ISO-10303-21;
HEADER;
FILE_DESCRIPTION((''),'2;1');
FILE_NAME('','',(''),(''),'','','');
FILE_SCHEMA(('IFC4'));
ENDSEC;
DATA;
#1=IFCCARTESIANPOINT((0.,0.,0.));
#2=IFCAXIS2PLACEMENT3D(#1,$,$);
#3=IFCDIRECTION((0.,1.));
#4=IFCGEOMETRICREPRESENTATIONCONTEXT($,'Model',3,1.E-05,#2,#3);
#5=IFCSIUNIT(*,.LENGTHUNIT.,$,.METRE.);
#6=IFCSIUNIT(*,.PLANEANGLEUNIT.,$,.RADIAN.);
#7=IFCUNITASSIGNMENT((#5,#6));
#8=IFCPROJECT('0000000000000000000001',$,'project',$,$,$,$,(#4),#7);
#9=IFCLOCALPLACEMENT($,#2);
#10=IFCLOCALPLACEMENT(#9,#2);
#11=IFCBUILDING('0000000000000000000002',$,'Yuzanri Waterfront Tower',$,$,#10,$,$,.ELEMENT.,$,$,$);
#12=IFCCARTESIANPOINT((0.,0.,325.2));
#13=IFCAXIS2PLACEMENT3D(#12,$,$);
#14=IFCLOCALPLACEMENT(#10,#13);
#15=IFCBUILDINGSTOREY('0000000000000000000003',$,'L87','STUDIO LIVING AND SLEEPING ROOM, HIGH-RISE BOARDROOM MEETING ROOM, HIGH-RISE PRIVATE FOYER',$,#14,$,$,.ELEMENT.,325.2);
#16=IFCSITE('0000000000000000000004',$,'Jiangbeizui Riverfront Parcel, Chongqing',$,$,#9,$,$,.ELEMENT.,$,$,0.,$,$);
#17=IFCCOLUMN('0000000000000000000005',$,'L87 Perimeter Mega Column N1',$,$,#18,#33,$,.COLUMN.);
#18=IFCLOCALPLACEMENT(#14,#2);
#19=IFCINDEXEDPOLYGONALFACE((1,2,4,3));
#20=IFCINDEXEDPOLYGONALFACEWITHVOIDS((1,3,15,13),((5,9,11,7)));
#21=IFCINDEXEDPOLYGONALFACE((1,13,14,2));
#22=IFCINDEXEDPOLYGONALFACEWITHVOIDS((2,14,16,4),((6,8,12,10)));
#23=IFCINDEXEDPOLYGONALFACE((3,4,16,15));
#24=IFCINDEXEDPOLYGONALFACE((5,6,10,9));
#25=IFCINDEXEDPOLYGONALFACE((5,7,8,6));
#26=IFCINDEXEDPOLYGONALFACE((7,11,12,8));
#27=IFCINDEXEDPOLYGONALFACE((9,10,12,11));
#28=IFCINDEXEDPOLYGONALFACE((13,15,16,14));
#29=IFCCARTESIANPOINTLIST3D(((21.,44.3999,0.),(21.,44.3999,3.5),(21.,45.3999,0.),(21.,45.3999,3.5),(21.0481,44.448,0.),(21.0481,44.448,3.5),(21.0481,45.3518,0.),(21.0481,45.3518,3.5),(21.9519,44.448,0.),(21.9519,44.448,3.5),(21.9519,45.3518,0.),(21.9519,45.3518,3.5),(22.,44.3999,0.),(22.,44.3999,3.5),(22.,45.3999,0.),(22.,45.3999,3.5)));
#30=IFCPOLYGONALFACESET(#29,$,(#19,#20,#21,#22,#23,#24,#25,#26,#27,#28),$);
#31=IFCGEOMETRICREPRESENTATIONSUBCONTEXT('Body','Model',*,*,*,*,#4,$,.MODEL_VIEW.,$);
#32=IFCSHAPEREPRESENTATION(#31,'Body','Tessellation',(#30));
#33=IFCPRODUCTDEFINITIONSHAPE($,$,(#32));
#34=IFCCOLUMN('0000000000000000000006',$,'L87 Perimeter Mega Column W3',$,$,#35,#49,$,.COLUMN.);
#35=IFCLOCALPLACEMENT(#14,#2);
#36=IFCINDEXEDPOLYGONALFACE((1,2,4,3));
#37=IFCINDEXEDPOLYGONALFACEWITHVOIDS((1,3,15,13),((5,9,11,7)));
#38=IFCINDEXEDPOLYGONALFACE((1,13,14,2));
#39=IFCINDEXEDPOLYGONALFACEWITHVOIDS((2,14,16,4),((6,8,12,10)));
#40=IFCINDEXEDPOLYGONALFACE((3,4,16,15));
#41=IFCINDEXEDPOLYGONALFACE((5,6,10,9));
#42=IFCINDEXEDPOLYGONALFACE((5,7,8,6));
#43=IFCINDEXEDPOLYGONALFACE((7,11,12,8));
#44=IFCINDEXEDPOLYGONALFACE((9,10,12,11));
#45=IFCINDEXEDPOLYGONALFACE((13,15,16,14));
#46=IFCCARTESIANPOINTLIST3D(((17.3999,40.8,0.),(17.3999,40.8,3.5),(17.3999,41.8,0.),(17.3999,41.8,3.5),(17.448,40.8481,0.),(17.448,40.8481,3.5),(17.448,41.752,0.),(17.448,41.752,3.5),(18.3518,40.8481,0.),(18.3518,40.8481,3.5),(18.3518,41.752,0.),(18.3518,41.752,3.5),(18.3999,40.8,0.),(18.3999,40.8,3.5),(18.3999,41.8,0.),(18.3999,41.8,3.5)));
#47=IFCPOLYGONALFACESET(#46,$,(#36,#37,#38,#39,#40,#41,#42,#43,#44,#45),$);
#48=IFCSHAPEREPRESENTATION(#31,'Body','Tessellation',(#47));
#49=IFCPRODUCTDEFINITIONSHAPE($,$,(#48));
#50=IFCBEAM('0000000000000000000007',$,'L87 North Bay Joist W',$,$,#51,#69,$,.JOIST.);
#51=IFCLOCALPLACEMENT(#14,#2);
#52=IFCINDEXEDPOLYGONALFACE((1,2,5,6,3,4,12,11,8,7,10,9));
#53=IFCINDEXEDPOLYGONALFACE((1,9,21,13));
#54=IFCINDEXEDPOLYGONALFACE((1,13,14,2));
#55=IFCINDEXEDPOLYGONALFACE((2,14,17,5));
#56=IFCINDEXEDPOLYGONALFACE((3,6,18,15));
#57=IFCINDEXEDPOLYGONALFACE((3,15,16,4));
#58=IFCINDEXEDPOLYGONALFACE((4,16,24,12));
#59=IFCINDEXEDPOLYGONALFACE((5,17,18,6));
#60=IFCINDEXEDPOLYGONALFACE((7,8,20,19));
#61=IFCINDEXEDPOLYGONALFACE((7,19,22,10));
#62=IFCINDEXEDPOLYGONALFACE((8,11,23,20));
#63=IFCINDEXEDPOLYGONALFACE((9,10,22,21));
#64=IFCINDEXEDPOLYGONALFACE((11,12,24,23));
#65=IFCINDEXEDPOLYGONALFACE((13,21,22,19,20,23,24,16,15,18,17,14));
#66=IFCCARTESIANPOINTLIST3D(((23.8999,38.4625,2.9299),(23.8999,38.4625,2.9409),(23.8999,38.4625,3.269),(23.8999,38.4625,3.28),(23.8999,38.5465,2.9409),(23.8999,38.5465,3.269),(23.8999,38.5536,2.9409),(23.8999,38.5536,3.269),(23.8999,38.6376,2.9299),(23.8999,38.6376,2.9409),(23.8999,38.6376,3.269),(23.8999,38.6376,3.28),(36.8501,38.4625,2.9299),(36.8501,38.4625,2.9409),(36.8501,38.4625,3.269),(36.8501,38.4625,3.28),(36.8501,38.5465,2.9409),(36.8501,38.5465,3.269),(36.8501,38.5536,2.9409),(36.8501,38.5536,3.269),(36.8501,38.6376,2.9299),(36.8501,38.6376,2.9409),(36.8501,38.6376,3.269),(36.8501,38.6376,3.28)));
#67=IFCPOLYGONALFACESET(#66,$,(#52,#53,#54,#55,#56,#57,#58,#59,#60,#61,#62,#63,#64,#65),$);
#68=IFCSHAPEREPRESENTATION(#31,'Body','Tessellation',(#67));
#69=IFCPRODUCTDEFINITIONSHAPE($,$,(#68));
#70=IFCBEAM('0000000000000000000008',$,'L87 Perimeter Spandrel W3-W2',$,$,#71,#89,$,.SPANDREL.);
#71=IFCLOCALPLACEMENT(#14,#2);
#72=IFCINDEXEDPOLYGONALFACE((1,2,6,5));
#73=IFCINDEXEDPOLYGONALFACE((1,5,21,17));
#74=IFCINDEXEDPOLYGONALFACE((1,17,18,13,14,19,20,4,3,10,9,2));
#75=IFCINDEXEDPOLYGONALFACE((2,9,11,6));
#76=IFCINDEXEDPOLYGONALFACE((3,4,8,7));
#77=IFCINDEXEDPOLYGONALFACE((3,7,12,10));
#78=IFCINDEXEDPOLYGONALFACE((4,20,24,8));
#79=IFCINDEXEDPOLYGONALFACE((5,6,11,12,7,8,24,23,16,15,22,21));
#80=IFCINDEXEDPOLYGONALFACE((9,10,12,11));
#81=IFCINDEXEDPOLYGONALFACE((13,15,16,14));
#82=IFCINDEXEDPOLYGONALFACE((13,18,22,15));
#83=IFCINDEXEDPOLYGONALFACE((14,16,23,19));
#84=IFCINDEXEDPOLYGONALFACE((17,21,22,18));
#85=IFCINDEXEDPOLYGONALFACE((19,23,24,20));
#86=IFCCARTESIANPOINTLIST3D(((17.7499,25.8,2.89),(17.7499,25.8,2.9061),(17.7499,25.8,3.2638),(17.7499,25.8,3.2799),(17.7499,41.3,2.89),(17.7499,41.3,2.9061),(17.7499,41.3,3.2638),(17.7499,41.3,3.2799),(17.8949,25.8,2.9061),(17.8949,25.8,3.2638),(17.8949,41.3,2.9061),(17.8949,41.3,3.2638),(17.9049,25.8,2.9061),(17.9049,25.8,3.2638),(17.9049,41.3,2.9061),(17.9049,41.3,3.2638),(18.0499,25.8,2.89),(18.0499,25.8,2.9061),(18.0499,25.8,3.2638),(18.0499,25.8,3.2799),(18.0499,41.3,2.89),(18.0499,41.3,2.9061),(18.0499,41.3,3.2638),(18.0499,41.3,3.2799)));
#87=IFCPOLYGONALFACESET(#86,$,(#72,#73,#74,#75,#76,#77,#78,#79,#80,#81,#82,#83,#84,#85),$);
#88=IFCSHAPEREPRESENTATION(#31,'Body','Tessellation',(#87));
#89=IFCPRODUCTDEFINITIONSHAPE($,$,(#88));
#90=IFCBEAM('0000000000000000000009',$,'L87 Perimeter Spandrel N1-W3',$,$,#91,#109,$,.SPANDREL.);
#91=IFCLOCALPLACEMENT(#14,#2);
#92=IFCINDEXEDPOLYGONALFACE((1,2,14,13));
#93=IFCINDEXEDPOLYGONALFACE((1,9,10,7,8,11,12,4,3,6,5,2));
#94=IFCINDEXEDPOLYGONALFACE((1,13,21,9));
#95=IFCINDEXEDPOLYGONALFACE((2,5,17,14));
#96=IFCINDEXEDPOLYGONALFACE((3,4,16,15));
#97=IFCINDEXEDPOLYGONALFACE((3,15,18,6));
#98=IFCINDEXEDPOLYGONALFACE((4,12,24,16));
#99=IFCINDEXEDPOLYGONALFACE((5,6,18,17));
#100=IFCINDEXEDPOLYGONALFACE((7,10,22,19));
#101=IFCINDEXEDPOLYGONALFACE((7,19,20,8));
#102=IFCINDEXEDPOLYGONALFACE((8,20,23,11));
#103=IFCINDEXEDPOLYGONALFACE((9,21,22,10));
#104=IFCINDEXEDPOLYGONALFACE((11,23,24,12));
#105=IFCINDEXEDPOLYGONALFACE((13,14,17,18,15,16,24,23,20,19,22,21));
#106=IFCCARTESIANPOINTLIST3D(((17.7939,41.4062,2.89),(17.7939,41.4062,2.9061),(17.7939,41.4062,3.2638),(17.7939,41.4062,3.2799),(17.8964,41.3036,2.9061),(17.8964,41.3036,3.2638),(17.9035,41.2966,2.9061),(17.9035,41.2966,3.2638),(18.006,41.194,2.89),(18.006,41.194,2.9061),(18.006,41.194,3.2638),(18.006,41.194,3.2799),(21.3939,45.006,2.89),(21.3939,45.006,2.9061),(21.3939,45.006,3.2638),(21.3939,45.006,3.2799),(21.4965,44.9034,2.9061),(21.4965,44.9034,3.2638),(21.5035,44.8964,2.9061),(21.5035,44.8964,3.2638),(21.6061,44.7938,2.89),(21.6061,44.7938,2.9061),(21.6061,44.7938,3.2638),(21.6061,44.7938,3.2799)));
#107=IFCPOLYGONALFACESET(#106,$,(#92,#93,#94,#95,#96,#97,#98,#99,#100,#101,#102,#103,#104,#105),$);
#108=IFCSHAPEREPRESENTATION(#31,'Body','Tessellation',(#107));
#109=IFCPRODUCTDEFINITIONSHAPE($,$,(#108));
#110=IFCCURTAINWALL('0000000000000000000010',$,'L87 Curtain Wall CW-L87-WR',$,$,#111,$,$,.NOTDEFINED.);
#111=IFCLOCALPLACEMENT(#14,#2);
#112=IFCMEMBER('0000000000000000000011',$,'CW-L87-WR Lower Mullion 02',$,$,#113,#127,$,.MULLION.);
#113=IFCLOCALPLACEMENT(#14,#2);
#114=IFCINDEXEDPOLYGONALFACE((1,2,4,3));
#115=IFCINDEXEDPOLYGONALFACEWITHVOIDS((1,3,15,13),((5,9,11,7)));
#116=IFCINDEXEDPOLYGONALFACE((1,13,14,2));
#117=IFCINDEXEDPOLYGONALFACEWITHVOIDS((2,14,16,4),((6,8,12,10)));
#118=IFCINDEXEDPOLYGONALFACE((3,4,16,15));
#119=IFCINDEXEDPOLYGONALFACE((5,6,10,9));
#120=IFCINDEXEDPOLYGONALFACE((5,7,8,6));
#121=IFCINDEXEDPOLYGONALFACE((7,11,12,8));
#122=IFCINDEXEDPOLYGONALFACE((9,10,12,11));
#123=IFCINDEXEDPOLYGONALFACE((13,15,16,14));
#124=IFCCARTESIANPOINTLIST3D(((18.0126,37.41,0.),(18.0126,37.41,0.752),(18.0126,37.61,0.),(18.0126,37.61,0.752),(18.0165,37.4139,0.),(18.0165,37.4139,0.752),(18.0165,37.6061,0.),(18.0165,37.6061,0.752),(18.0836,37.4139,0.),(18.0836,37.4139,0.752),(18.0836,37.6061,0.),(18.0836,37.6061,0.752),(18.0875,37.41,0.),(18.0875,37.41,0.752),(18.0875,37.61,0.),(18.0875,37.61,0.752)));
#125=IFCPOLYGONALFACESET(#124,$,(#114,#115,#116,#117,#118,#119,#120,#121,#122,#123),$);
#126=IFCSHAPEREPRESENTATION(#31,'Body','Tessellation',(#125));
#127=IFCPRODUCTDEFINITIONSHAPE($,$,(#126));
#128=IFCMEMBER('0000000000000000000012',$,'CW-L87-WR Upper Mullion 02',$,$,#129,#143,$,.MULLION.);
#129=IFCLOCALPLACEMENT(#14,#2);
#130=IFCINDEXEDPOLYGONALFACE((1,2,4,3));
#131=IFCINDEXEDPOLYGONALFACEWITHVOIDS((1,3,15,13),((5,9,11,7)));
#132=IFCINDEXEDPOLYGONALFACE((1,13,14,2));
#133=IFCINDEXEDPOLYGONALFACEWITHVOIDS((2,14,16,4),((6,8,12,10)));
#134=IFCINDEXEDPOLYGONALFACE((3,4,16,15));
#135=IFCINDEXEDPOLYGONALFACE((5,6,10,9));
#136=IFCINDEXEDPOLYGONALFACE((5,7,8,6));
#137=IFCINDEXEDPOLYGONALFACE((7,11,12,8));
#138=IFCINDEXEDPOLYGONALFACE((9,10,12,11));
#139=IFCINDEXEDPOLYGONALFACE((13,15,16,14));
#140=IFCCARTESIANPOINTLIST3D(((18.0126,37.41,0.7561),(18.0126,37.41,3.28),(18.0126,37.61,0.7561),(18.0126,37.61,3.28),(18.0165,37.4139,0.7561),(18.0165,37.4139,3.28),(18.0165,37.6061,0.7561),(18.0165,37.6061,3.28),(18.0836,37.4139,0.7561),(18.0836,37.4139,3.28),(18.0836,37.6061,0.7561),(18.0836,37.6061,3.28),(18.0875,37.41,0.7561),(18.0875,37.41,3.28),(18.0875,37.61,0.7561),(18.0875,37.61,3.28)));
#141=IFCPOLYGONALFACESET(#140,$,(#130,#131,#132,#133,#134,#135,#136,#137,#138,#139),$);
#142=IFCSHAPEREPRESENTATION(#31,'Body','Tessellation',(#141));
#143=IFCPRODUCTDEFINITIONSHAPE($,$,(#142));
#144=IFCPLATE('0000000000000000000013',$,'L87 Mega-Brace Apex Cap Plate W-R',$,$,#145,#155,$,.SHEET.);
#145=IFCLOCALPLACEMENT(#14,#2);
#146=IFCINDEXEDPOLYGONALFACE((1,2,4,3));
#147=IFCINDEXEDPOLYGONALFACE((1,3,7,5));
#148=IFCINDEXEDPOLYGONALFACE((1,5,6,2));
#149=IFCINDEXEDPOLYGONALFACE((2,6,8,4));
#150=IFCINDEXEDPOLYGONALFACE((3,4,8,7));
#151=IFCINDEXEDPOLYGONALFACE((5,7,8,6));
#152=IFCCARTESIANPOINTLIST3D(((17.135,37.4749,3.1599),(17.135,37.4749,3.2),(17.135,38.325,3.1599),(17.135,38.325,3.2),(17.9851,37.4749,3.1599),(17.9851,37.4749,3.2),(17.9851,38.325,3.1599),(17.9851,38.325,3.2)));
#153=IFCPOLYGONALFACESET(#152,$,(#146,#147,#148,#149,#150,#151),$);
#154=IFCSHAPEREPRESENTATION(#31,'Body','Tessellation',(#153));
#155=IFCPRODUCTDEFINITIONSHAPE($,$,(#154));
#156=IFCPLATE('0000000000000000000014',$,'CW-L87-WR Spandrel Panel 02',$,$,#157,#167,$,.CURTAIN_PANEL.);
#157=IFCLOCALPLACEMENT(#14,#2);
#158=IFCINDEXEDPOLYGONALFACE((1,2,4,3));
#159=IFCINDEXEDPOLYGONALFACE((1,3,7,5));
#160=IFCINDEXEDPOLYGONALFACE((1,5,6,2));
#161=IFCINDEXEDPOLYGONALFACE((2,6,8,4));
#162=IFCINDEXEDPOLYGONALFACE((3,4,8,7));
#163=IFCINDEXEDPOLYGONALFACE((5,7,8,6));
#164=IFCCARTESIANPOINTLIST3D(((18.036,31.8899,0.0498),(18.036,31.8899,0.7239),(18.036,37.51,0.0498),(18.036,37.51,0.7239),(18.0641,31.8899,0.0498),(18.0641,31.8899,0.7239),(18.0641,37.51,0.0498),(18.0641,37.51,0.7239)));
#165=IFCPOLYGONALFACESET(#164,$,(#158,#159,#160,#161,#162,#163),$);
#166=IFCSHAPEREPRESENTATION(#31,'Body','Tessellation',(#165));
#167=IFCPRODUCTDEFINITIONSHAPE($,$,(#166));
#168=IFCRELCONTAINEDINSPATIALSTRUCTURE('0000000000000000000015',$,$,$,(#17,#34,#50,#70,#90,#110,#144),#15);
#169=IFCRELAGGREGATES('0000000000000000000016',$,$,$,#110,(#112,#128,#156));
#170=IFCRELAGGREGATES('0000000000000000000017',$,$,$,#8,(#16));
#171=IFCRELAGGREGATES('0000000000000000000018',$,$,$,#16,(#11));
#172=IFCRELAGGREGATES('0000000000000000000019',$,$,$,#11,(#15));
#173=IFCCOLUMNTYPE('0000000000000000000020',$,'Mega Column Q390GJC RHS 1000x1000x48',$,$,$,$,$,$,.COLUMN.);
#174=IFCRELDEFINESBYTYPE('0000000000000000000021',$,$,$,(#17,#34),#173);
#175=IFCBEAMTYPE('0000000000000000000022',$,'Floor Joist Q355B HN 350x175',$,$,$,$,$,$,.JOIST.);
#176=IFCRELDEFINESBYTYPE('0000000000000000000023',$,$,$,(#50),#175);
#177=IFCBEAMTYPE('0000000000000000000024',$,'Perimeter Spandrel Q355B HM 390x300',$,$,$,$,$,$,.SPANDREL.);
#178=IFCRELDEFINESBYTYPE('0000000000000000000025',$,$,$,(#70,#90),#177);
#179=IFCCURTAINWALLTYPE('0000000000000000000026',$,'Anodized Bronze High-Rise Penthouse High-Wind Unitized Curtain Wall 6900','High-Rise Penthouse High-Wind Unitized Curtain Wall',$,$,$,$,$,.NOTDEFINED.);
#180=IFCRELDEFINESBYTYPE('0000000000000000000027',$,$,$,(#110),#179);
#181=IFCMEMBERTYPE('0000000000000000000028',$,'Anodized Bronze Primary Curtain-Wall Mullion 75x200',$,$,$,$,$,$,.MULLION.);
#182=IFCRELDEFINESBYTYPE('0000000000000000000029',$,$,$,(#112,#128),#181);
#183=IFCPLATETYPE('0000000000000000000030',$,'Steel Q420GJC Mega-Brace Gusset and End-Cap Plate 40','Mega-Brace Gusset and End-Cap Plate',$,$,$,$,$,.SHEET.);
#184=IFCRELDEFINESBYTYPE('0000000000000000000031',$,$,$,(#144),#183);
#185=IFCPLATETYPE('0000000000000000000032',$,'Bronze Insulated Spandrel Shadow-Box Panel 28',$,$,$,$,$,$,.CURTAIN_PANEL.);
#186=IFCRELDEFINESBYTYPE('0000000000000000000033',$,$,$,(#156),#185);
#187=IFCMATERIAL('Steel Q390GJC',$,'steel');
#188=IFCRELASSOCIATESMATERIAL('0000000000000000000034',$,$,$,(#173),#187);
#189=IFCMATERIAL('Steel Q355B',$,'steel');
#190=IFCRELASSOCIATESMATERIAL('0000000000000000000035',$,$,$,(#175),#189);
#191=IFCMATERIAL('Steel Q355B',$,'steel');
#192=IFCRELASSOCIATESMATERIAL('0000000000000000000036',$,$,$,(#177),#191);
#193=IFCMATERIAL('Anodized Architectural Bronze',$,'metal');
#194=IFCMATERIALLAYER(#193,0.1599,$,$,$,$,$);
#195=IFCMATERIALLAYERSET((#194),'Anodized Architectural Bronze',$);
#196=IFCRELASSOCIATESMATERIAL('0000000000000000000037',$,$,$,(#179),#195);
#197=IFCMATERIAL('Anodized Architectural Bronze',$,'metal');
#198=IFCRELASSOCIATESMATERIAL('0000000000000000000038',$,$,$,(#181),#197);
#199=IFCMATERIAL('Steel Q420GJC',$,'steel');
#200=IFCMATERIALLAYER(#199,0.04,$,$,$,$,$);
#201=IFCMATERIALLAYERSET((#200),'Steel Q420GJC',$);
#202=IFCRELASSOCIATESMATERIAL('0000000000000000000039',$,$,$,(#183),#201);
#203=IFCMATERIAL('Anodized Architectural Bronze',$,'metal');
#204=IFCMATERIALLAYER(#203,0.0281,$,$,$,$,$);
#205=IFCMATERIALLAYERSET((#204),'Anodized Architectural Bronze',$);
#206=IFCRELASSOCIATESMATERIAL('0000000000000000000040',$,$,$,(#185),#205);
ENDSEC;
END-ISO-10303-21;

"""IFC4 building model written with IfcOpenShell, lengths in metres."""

from ifc_helpers import new_model, si_unit, direction, frame, origin, origin_2d, place, context, subcontext, project, spatial, rectangle, hollow_rectangle, i_section, extrude, source, transform, mapped, material, layer, layer_set, material_profile, profile_set, type_object, element, aggregate, save


model = new_model("IFC4")

# Units and contexts
model_context = context("Model", 3, precision=1e-05, world=origin(), true_north=direction((0.0, 1.0)))
body_context = subcontext(model_context, "Body", "Model", "MODEL_VIEW")
ifc_project = project(units=[si_unit("LENGTHUNIT", "METRE"), si_unit("PLANEANGLEUNIT", "RADIAN")], contexts=[model_context])

# Site, building, storey
site_placement = place(None, origin())
site = spatial("IfcSite", under=ifc_project, at=site_placement, Name="Jiangbeizui Riverfront Parcel, Chongqing", CompositionType="ELEMENT", RefElevation=0.0)
building_placement = place(site_placement, origin())
building = spatial("IfcBuilding", under=site, at=building_placement, Name="Yuzanri Waterfront Tower", CompositionType="ELEMENT")
storey_placement = place(building_placement, frame((0.0, 0.0, 325.2)))
storey = spatial("IfcBuildingStorey", under=building, at=storey_placement, Name="L87", Description="STUDIO LIVING AND SLEEPING ROOM, HIGH-RISE BOARDROOM MEETING ROOM, HIGH-RISE PRIVATE FOYER", CompositionType="ELEMENT", Elevation=325.2)

# Columns
ifc_material_1 = material(Name="Steel Q390GJC", Category="steel")
ifc_material_profile_1 = material_profile(ifc_material_1, hollow_rectangle(XDim=1.0, YDim=1.0, WallThickness=0.0481, at=origin_2d()), Name="RHS 1000x1000x48")
ifc_profile_set_1 = profile_set([ifc_material_profile_1], Name="Steel Q390GJC")
column_type = type_object("IfcColumnType", Name="Mega Column Q390GJC RHS 1000x1000x48", PredefinedType="COLUMN", material=ifc_profile_set_1)
shared_shape_1 = source(origin(), body_context, "Body", "SweptSolid", [
    extrude(hollow_rectangle(XDim=1.0, YDim=1.0, WallThickness=0.0481, at=origin_2d()), origin(), (0.0, 0.0, 1.0), 3.5),
])
for number, where, z_axis, x_axis, name in (
    (1, (21.5, 44.8999, 0.0), (0.0, 0.0, 1.0), (1.0, 0.0, 0.0), "L87 Perimeter Mega Column N1"),
    (2, (17.8999, 41.3, 0.0), (0.0, 0.0, 1.0), (1.0, 0.0, 0.0), "L87 Perimeter Mega Column W3"),
):
    element("IfcColumn", number, at=place(storey_placement, frame(where, z_axis=z_axis, x_axis=x_axis)), inside=storey, type_object=column_type, Name=name, PredefinedType="COLUMN", context=body_context, shape_type="MappedRepresentation", body=[
        mapped(shared_shape_1, transform((0.0, 0.0, 0.0), scale=1.0)),
    ])

# Beams
ifc_material_2 = material(Name="Steel Q355B", Category="steel")
ifc_material_profile_2 = material_profile(ifc_material_2, i_section(OverallWidth=0.175, OverallDepth=0.3501, WebThickness=0.0071, FlangeThickness=0.011, at=origin_2d()), Name="HN 350x175x7x11")
ifc_profile_set_2 = profile_set([ifc_material_profile_2], Name="Steel Q355B")
beam_type_1 = type_object("IfcBeamType", Name="Floor Joist Q355B HN 350x175", PredefinedType="JOIST", material=ifc_profile_set_2)
shared_shape_2 = source(origin(), body_context, "Body", "SweptSolid", [
    extrude(i_section(OverallWidth=0.175, OverallDepth=0.3501, WebThickness=0.0071, FlangeThickness=0.011, at=origin_2d()), origin(), (0.0, 0.0, 1.0), 12.9502),
])
beam_1_placement = place(storey_placement, frame((23.8999, 38.55, 3.105), z_axis=(1.0, 0.0, 0.0), x_axis=(0.0, 1.0, 0.0)))
element("IfcBeam", 3, at=beam_1_placement, inside=storey, type_object=beam_type_1, Name="L87 North Bay Joist W", PredefinedType="JOIST", context=body_context, shape_type="MappedRepresentation", body=[
    mapped(shared_shape_2, transform((0.0, 0.0, 0.0), scale=1.0)),
])
ifc_material_3 = material(Name="Steel Q355B", Category="steel")
ifc_material_profile_3 = material_profile(ifc_material_3, i_section(OverallWidth=0.3, OverallDepth=0.3899, WebThickness=0.01, FlangeThickness=0.0161, at=origin_2d()), Name="HM 390x300x10x16")
ifc_profile_set_3 = profile_set([ifc_material_profile_3], Name="Steel Q355B")
beam_type_2 = type_object("IfcBeamType", Name="Perimeter Spandrel Q355B HM 390x300", PredefinedType="SPANDREL", material=ifc_profile_set_3)
shared_shape_3 = source(origin(), body_context, "Body", "SweptSolid", [
    extrude(i_section(OverallWidth=0.3, OverallDepth=0.3899, WebThickness=0.01, FlangeThickness=0.0161, at=origin_2d()), origin(), (0.0, 0.0, 1.0), 15.5),
])
beam_2_placement = place(storey_placement, frame((17.8999, 41.3, 3.085), z_axis=(0.0, -1.0, 0.0), x_axis=(1.0, 0.0, 0.0)))
element("IfcBeam", 4, at=beam_2_placement, inside=storey, type_object=beam_type_2, Name="L87 Perimeter Spandrel W3-W2", PredefinedType="SPANDREL", context=body_context, shape_type="MappedRepresentation", body=[
    mapped(shared_shape_3, transform((0.0, 0.0, 0.0), scale=1.0)),
])
shared_shape_4 = source(origin(), body_context, "Body", "SweptSolid", [
    extrude(i_section(OverallWidth=0.3, OverallDepth=0.3899, WebThickness=0.01, FlangeThickness=0.0161, at=origin_2d()), origin(), (0.0, 0.0, 1.0), 5.0911),
])
beam_3_placement = place(storey_placement, frame((21.5, 44.8999, 3.085), z_axis=(-0.707131, -0.707083, 0.0), x_axis=(0.707083, -0.707131, 0.0)))
element("IfcBeam", 5, at=beam_3_placement, inside=storey, type_object=beam_type_2, Name="L87 Perimeter Spandrel N1-W3", PredefinedType="SPANDREL", context=body_context, shape_type="MappedRepresentation", body=[
    mapped(shared_shape_4, transform((0.0, 0.0, 0.0), scale=1.0)),
])

# Curtain wall, members
ifc_material_4 = material(Name="Anodized Architectural Bronze", Category="metal")
ifc_layer_1 = layer(ifc_material_4, 0.1599)
ifc_layer_set_1 = layer_set([ifc_layer_1], Name="Anodized Architectural Bronze")
curtain_wall_type = type_object("IfcCurtainWallType", Name="Anodized Bronze High-Rise Penthouse High-Wind Unitized Curtain Wall 6900", Description="High-Rise Penthouse High-Wind Unitized Curtain Wall", PredefinedType="NOTDEFINED", material=ifc_layer_set_1)
curtain_wall_placement = place(storey_placement, origin())
curtain_wall = element("IfcCurtainWall", 6, at=curtain_wall_placement, inside=storey, type_object=curtain_wall_type, Name="L87 Curtain Wall CW-L87-WR", PredefinedType="NOTDEFINED")
ifc_material_5 = material(Name="Anodized Architectural Bronze", Category="metal")
ifc_material_profile_4 = material_profile(ifc_material_5, hollow_rectangle(XDim=0.075, YDim=0.2, WallThickness=0.0039, at=origin_2d()), Name="CWM 75x200")
ifc_profile_set_4 = profile_set([ifc_material_profile_4], Name="Anodized Architectural Bronze")
member_type = type_object("IfcMemberType", Name="Anodized Bronze Primary Curtain-Wall Mullion 75x200", PredefinedType="MULLION", material=ifc_profile_set_4)
shared_shape_5 = source(origin(), body_context, "Body", "SweptSolid", [
    extrude(hollow_rectangle(XDim=0.075, YDim=0.2, WallThickness=0.0039, at=origin_2d()), origin(), (0.0, 0.0, 1.0), 0.752),
])
member_1_placement = place(storey_placement, frame((18.05, 37.51, 0.0), z_axis=(0.0, 0.0, 1.0), x_axis=(1.0, 0.0, 0.0)))
member_1 = element("IfcMember", 7, at=member_1_placement, type_object=member_type, Name="CW-L87-WR Lower Mullion 02", PredefinedType="MULLION", context=body_context, shape_type="MappedRepresentation", body=[
    mapped(shared_shape_5, transform((0.0, 0.0, 0.0), scale=1.0)),
])
shared_shape_6 = source(origin(), body_context, "Body", "SweptSolid", [
    extrude(hollow_rectangle(XDim=0.075, YDim=0.2, WallThickness=0.0039, at=origin_2d()), origin(), (0.0, 0.0, 1.0), 2.5239),
])
member_2_placement = place(storey_placement, frame((18.05, 37.51, 0.7561), z_axis=(0.0, 0.0, 1.0), x_axis=(1.0, 0.0, 0.0)))
member_2 = element("IfcMember", 8, at=member_2_placement, type_object=member_type, Name="CW-L87-WR Upper Mullion 02", PredefinedType="MULLION", context=body_context, shape_type="MappedRepresentation", body=[
    mapped(shared_shape_6, transform((0.0, 0.0, 0.0), scale=1.0)),
])

# Plates
ifc_material_6 = material(Name="Steel Q420GJC", Category="steel")
ifc_layer_2 = layer(ifc_material_6, 0.04)
ifc_layer_set_2 = layer_set([ifc_layer_2], Name="Steel Q420GJC")
plate_type_1 = type_object("IfcPlateType", Name="Steel Q420GJC Mega-Brace Gusset and End-Cap Plate 40", Description="Mega-Brace Gusset and End-Cap Plate", PredefinedType="SHEET", material=ifc_layer_set_2)
shared_shape_7 = source(origin(), body_context, "Body", "SweptSolid", [
    extrude(rectangle(XDim=0.8501, YDim=0.8501, at=origin_2d()), origin(), (0.0, 0.0, 1.0), 0.04),
])
plate_1_placement = place(storey_placement, frame((17.5601, 37.8999, 3.1599), z_axis=(0.0, 0.0, 1.0), x_axis=(1.0, 0.0, 0.0)))
element("IfcPlate", 9, at=plate_1_placement, inside=storey, type_object=plate_type_1, Name="L87 Mega-Brace Apex Cap Plate W-R", PredefinedType="SHEET", context=body_context, shape_type="MappedRepresentation", body=[
    mapped(shared_shape_7, transform((0.0, 0.0, 0.0), scale=1.0)),
])
ifc_material_7 = material(Name="Anodized Architectural Bronze", Category="metal")
ifc_layer_3 = layer(ifc_material_7, 0.0281)
ifc_layer_set_3 = layer_set([ifc_layer_3], Name="Anodized Architectural Bronze")
plate_type_2 = type_object("IfcPlateType", Name="Bronze Insulated Spandrel Shadow-Box Panel 28", PredefinedType="CURTAIN_PANEL", material=ifc_layer_set_3)
shared_shape_8 = source(origin(), body_context, "Body", "SweptSolid", [
    extrude(rectangle(XDim=5.6201, YDim=0.0281, at=origin_2d()), origin(), (0.0, 0.0, 1.0), 0.6741),
])
plate_2_placement = place(storey_placement, frame((18.05, 34.7, 0.0498), z_axis=(0.0, 0.0, 1.0), x_axis=(0.0, 1.0, 0.0)))
plate_2 = element("IfcPlate", 10, at=plate_2_placement, type_object=plate_type_2, Name="CW-L87-WR Spandrel Panel 02", PredefinedType="CURTAIN_PANEL", context=body_context, shape_type="MappedRepresentation", body=[
    mapped(shared_shape_8, transform((0.0, 0.0, 0.0), scale=1.0)),
])
aggregate(curtain_wall, [member_1, member_2, plate_2])

save(model, "model.ifc")
